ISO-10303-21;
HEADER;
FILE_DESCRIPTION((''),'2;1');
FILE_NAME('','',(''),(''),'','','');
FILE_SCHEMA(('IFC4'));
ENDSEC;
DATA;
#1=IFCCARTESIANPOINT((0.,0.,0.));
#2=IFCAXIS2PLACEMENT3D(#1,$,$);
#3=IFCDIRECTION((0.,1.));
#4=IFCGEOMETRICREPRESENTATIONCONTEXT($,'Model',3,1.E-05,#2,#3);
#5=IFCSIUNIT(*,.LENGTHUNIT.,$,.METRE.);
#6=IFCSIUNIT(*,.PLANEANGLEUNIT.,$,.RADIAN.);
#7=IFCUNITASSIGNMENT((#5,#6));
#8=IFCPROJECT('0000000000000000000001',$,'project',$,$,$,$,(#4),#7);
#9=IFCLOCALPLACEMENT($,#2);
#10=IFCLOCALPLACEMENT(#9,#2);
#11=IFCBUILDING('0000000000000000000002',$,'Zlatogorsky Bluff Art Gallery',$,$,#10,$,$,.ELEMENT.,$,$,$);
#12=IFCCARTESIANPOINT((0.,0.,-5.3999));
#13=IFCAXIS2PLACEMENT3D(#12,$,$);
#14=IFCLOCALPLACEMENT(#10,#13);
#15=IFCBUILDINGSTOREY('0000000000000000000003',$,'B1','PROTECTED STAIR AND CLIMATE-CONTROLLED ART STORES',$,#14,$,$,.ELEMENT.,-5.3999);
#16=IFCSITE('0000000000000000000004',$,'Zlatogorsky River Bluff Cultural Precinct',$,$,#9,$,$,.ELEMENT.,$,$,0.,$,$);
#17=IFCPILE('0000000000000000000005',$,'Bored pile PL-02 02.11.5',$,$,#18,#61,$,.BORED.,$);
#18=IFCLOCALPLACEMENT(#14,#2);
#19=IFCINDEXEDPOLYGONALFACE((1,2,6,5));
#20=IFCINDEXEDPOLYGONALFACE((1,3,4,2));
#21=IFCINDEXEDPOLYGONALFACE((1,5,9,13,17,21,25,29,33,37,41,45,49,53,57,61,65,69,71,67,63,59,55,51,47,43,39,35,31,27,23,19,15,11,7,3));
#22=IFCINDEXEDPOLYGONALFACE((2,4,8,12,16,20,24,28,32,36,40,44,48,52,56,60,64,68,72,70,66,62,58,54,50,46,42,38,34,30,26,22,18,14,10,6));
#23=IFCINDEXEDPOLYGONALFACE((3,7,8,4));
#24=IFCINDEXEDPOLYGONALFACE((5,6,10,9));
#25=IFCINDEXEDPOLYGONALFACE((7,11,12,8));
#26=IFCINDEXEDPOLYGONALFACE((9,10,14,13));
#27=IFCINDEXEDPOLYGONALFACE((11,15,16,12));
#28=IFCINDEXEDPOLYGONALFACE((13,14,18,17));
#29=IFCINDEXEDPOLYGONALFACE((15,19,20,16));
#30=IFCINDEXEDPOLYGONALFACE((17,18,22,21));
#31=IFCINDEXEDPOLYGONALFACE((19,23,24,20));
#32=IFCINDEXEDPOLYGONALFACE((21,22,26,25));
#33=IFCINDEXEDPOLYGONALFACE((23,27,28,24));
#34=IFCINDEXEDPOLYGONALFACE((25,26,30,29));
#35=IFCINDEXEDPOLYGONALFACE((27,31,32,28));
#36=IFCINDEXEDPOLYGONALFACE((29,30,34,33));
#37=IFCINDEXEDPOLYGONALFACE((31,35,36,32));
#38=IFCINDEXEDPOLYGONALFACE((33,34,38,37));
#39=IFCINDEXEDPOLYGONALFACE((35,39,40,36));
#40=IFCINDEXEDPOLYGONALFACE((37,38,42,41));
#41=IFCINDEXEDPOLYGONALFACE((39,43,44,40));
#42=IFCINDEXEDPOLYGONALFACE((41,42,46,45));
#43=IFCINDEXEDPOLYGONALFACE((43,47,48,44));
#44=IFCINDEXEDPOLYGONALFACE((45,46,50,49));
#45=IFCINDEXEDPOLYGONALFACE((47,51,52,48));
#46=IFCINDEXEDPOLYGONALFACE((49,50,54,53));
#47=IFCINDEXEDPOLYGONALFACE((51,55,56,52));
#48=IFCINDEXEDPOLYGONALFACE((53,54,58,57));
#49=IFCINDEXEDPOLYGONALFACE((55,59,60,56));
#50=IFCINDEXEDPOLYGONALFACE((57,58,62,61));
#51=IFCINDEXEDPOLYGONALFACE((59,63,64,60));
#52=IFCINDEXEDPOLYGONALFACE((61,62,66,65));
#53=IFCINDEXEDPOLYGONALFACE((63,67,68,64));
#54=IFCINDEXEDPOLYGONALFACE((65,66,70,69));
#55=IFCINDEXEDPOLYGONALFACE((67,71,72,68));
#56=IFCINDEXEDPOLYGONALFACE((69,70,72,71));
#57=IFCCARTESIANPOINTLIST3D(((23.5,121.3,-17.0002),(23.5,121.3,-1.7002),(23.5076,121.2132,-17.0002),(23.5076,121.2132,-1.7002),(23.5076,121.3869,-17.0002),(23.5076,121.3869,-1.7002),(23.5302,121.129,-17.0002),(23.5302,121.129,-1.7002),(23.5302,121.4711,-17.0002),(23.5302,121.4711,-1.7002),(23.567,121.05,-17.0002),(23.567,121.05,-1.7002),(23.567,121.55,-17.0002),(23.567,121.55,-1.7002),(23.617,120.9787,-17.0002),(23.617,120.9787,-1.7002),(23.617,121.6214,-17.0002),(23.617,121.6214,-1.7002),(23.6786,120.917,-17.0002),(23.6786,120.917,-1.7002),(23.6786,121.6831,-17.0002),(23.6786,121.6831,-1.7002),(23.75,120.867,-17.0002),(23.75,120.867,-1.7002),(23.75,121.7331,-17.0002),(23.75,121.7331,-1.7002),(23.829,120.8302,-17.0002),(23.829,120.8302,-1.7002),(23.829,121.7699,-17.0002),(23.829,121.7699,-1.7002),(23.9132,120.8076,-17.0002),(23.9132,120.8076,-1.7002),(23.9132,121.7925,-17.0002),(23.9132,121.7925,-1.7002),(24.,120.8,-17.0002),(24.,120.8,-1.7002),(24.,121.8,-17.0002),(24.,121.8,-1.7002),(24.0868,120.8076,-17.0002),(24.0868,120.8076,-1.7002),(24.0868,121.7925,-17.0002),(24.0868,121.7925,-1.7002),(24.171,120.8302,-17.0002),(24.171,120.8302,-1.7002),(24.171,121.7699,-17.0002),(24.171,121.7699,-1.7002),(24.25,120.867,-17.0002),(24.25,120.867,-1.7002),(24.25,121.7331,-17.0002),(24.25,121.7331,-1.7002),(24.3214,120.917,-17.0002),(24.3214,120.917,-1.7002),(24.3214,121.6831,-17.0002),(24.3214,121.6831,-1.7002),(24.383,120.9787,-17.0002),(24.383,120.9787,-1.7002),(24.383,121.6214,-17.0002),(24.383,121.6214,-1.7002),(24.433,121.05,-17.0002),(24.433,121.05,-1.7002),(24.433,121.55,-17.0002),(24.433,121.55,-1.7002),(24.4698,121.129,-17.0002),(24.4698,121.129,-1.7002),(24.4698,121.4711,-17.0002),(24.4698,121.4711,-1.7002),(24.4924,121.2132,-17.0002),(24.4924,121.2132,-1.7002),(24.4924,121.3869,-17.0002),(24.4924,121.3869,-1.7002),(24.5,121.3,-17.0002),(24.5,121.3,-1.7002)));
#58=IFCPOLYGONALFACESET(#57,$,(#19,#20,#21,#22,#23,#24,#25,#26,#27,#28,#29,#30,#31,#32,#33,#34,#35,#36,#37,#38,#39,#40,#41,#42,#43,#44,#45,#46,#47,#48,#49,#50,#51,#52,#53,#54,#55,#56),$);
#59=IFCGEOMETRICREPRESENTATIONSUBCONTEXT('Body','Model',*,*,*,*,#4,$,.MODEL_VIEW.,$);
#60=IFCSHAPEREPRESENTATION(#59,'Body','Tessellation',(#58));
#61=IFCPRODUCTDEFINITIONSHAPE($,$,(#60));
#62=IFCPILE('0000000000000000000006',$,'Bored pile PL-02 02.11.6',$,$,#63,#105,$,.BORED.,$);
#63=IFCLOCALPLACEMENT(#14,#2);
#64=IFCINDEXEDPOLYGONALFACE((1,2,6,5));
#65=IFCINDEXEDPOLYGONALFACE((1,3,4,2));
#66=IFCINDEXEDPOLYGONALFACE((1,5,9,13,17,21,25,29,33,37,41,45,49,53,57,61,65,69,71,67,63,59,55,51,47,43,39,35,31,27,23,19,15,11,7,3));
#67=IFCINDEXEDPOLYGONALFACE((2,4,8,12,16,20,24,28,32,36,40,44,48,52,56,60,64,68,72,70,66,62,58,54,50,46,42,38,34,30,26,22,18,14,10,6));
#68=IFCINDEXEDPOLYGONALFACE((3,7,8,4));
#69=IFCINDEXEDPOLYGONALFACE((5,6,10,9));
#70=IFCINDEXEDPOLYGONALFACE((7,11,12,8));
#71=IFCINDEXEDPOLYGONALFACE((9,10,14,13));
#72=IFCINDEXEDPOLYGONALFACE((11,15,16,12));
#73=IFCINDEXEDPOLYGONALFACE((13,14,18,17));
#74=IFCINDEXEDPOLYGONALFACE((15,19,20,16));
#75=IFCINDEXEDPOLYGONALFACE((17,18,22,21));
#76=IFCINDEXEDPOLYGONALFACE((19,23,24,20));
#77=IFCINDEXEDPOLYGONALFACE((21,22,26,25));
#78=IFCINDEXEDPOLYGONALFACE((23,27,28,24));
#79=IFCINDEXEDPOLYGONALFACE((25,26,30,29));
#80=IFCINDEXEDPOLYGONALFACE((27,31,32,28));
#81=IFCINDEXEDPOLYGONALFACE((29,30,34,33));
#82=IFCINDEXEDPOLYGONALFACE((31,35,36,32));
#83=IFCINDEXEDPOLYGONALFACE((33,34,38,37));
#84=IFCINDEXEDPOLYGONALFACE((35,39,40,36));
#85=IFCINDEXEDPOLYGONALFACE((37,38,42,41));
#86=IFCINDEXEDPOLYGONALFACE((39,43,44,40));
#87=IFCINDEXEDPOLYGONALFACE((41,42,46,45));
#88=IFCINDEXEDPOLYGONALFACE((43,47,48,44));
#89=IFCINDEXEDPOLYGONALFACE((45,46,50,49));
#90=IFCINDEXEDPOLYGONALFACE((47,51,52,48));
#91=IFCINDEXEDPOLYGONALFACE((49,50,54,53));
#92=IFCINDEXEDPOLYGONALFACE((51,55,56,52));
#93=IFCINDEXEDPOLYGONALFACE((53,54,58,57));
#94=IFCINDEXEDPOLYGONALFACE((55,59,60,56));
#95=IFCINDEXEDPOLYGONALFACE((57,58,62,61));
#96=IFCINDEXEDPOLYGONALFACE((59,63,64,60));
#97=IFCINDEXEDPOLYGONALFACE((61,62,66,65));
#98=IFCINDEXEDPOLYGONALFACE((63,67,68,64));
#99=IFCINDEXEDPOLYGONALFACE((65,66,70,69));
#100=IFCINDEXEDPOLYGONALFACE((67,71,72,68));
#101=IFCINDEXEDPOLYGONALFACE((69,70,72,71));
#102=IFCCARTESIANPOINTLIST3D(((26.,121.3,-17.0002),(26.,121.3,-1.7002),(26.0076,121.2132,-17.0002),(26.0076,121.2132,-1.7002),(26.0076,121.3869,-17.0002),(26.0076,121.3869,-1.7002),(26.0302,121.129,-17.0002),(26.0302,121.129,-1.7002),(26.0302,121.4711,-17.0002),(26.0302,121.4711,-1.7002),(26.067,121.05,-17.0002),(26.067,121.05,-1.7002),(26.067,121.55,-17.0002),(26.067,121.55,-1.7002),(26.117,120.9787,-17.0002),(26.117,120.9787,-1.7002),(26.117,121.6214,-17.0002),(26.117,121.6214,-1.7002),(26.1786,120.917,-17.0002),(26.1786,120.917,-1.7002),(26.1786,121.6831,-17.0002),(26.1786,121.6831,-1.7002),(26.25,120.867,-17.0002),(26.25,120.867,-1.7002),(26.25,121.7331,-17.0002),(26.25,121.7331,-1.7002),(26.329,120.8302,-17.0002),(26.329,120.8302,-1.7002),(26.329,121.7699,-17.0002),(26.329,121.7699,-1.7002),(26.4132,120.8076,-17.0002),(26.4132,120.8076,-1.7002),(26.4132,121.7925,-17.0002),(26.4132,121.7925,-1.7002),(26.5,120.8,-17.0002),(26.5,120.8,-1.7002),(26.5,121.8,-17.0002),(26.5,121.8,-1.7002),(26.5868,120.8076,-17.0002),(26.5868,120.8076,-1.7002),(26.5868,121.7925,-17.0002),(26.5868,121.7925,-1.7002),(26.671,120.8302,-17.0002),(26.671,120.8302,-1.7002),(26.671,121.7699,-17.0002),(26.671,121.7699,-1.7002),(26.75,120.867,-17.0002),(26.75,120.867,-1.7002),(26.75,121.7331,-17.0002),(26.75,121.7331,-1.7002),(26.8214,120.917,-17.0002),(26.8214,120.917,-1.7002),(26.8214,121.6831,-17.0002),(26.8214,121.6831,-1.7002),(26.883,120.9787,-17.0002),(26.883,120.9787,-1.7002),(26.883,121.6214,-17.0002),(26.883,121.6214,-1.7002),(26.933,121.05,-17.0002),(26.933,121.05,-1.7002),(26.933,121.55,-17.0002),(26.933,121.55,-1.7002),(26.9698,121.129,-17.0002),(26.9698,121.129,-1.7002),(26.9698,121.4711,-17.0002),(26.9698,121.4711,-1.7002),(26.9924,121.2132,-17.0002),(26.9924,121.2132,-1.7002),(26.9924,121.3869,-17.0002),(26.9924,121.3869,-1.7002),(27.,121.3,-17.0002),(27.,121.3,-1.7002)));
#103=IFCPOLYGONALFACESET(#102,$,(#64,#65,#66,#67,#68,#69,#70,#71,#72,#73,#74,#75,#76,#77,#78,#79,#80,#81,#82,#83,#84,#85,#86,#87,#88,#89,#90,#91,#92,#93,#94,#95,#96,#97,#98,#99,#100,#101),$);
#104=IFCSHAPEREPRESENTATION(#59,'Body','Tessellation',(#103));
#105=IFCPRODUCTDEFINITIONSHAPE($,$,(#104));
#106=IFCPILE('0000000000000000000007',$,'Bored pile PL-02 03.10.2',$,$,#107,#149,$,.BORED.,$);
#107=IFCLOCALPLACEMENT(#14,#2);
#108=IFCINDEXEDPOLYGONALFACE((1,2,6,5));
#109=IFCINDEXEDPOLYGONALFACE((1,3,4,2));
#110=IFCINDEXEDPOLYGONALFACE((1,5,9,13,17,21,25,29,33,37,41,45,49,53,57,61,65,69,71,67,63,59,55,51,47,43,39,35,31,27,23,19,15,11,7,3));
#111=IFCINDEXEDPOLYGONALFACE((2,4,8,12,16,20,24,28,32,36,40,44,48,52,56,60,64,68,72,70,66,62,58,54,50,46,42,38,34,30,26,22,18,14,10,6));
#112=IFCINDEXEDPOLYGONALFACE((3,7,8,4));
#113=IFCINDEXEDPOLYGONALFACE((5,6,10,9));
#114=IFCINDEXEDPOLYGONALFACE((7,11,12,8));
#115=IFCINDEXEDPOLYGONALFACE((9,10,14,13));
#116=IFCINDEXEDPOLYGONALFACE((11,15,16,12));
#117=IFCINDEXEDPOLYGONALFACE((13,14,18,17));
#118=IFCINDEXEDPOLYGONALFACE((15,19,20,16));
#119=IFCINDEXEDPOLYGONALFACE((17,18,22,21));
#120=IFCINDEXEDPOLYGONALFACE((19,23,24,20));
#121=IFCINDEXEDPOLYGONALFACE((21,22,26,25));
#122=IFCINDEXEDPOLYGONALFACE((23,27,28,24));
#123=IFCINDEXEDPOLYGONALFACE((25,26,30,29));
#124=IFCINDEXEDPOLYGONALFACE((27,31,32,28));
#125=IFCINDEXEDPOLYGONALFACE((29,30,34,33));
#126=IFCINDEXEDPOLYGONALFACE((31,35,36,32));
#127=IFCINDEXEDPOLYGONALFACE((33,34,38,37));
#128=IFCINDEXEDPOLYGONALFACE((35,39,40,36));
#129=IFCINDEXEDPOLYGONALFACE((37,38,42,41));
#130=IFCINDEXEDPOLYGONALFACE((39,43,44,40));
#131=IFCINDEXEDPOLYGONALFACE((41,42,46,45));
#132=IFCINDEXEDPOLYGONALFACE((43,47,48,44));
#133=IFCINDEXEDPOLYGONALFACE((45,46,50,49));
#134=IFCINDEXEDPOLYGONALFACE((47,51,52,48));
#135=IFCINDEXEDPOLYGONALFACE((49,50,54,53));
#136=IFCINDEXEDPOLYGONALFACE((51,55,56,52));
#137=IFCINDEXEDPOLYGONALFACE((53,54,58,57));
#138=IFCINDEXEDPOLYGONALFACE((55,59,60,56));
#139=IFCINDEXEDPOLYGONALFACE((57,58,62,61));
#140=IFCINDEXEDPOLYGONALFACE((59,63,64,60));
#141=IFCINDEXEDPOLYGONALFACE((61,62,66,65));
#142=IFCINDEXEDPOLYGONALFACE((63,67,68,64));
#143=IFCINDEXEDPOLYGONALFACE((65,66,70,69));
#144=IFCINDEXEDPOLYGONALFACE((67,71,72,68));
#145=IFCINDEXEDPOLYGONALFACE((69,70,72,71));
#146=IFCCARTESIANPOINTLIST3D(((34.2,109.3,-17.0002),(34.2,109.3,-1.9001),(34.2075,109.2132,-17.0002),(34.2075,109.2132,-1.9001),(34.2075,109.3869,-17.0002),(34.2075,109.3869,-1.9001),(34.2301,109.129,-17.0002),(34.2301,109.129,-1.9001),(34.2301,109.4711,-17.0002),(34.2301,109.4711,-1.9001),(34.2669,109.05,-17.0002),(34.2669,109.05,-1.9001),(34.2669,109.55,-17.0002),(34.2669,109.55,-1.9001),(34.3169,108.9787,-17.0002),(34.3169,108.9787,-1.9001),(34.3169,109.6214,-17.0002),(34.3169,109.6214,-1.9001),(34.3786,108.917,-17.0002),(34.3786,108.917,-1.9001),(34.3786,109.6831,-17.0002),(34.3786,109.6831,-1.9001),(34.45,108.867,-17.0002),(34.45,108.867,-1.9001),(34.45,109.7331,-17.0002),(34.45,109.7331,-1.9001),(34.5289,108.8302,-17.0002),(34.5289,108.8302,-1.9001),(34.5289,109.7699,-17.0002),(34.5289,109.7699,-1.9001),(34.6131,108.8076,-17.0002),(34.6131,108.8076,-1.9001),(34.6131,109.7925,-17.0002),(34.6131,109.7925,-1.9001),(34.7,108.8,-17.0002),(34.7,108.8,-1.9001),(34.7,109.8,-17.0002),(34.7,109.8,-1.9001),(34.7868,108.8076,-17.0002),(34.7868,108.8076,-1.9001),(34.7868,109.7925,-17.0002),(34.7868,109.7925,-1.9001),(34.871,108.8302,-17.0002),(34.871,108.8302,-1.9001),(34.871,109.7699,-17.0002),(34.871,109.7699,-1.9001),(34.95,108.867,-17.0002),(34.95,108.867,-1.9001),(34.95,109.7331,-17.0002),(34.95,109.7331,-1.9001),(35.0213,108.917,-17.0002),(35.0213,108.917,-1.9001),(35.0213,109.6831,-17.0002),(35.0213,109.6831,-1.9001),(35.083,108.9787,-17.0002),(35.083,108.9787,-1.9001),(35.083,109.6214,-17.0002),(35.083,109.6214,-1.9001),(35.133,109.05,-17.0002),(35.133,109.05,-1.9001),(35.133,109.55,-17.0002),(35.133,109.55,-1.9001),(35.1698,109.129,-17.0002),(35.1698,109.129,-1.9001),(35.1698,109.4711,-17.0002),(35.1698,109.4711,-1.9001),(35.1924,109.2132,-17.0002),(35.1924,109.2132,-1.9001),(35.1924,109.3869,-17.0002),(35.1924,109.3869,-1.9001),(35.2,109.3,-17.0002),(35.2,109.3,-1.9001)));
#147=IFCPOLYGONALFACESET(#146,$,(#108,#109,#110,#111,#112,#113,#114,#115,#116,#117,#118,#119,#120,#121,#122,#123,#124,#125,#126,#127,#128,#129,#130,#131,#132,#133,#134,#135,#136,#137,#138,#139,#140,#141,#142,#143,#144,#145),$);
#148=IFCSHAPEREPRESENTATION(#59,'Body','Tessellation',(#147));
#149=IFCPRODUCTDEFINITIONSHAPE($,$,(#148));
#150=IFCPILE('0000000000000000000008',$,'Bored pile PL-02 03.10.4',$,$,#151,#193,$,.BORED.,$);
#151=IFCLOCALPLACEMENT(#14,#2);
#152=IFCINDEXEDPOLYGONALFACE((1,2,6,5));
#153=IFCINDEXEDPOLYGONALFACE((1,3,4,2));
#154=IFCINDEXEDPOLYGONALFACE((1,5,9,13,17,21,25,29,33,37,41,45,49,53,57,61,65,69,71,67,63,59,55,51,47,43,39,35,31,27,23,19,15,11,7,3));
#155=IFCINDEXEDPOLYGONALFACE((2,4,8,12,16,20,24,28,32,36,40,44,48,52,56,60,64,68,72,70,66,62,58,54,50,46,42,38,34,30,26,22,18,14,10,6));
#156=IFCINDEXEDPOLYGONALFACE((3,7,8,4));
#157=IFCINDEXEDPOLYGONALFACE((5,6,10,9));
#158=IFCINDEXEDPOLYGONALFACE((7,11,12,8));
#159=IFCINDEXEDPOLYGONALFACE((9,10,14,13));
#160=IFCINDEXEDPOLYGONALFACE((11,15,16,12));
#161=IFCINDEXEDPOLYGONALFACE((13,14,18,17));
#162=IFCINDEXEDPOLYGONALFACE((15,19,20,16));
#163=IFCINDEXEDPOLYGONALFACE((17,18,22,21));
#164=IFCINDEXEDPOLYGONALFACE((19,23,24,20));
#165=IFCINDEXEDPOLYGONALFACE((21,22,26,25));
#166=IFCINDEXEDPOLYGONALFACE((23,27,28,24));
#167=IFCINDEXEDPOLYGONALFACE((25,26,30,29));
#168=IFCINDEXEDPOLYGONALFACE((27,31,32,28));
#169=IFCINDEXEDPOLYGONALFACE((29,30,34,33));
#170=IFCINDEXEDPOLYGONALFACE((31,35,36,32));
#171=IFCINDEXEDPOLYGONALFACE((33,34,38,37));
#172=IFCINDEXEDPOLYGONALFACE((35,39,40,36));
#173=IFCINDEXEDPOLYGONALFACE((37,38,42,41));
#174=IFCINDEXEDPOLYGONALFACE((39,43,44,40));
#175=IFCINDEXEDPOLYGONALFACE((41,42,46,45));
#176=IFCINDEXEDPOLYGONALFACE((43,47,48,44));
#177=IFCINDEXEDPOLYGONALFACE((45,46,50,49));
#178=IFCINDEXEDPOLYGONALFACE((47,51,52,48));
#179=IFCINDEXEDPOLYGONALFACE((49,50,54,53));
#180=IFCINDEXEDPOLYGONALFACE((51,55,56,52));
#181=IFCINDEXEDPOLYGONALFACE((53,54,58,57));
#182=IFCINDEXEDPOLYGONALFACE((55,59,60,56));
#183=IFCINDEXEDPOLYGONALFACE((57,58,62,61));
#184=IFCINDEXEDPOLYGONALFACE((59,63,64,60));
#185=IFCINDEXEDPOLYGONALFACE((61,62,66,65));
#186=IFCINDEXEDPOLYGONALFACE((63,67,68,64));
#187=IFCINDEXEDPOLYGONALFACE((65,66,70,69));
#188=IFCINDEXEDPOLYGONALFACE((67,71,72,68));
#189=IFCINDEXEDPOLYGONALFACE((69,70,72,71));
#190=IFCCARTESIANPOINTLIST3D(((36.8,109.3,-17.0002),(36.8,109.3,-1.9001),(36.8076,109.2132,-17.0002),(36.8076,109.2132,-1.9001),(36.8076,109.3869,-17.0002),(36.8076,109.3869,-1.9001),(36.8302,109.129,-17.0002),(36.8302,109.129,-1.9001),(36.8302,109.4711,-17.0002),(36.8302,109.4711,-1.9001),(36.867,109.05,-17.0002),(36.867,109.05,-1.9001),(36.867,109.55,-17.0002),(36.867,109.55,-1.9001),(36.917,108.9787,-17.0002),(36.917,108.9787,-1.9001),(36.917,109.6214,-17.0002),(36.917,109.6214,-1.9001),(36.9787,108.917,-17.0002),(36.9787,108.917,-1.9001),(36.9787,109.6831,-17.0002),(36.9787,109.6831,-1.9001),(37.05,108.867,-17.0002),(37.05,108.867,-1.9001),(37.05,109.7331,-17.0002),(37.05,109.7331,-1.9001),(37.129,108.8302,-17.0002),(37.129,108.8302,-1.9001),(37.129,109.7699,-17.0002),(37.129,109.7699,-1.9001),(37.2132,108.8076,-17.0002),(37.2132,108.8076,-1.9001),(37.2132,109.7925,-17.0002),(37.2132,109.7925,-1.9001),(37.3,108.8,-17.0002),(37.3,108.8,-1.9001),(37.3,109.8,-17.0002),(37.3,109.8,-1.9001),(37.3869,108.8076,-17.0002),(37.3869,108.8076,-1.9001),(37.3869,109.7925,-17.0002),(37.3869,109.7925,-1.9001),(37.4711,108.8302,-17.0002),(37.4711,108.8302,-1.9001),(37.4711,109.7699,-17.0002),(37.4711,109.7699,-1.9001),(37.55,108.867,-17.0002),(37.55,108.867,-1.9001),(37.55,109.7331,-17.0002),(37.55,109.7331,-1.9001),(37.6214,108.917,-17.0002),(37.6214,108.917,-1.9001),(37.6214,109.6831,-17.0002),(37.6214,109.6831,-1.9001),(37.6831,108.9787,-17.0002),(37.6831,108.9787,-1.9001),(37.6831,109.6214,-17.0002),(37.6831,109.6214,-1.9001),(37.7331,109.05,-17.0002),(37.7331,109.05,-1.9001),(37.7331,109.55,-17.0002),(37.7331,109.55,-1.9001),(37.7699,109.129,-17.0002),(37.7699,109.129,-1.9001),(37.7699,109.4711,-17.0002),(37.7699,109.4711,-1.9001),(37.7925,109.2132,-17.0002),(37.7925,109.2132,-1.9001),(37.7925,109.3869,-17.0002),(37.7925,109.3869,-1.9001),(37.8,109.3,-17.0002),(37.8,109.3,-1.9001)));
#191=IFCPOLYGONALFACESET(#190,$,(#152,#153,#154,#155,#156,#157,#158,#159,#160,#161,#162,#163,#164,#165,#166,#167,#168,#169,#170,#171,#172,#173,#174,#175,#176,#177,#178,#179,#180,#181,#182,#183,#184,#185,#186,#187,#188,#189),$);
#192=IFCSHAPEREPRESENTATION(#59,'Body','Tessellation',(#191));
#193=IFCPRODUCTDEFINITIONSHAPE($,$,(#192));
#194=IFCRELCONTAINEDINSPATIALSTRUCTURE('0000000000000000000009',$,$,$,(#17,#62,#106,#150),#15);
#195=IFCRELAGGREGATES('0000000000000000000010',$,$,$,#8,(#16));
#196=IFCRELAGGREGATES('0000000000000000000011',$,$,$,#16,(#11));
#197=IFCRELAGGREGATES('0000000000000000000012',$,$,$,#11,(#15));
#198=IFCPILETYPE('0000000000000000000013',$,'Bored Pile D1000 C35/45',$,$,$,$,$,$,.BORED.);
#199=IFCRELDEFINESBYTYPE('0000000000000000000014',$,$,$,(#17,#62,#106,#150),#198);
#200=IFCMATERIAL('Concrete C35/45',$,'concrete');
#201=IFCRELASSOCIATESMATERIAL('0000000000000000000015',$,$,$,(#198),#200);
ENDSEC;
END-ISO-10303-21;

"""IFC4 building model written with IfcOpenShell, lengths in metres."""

from ifc_helpers import new_model, si_unit, direction, frame, origin, origin_2d, place, context, subcontext, project, spatial, circle, extrude, material, material_profile, profile_set, type_object, element, save


model = new_model("IFC4")

# Units and contexts
model_context = context("Model", 3, precision=1e-05, world=origin(), true_north=direction((0.0, 1.0)))
body_context = subcontext(model_context, "Body", "Model", "MODEL_VIEW")
ifc_project = project(units=[si_unit("LENGTHUNIT", "METRE"), si_unit("PLANEANGLEUNIT", "RADIAN")], contexts=[model_context])

# Site, building, storey
site_placement = place(None, origin())
site = spatial("IfcSite", under=ifc_project, at=site_placement, Name="Zlatogorsky River Bluff Cultural Precinct", CompositionType="ELEMENT", RefElevation=0.0)
building_placement = place(site_placement, origin())
building = spatial("IfcBuilding", under=site, at=building_placement, Name="Zlatogorsky Bluff Art Gallery", CompositionType="ELEMENT")
storey_placement = place(building_placement, frame((0.0, 0.0, -5.3999)))
storey = spatial("IfcBuildingStorey", under=building, at=storey_placement, Name="B1", Description="PROTECTED STAIR AND CLIMATE-CONTROLLED ART STORES", CompositionType="ELEMENT", Elevation=-5.3999)

# Piles
ifc_material_1 = material(Name="Concrete C35/45", Category="concrete")
ifc_material_profile_1 = material_profile(ifc_material_1, circle(Radius=0.5, at=origin_2d()), Name="BORED PILE D1000")
ifc_profile_set_1 = profile_set([ifc_material_profile_1], Name="Concrete C35/45")
pile_type = type_object("IfcPileType", Name="Bored Pile D1000 C35/45", PredefinedType="BORED", material=ifc_profile_set_1)
for number, where, z_axis, x_axis, name in (
    (1, (24.0, 121.3, -1.7002), (0.0, 0.0, -1.0), (1.0, 0.0, 0.0), "Bored pile PL-02 02.11.5"),
    (2, (26.5, 121.3, -1.7002), (0.0, 0.0, -1.0), (1.0, 0.0, 0.0), "Bored pile PL-02 02.11.6"),
):
    element("IfcPile", number, at=place(storey_placement, frame(where, z_axis=z_axis, x_axis=x_axis)), inside=storey, type_object=pile_type, Name=name, PredefinedType="BORED", context=body_context, shape_type="SweptSolid", body=[
        extrude(circle(Radius=0.5, at=origin_2d()), origin(), (0.0, 0.0, 1.0), 15.3),
    ])
for number, where, z_axis, x_axis, name in (
    (3, (34.7, 109.3, -1.9001), (0.0, 0.0, -1.0), (1.0, 0.0, 0.0), "Bored pile PL-02 03.10.2"),
    (4, (37.3, 109.3, -1.9001), (0.0, 0.0, -1.0), (1.0, 0.0, 0.0), "Bored pile PL-02 03.10.4"),
):
    element("IfcPile", number, at=place(storey_placement, frame(where, z_axis=z_axis, x_axis=x_axis)), inside=storey, type_object=pile_type, Name=name, PredefinedType="BORED", context=body_context, shape_type="SweptSolid", body=[
        extrude(circle(Radius=0.5, at=origin_2d()), origin(), (0.0, 0.0, 1.0), 15.1001),
    ])

save(model, "model.ifc")
